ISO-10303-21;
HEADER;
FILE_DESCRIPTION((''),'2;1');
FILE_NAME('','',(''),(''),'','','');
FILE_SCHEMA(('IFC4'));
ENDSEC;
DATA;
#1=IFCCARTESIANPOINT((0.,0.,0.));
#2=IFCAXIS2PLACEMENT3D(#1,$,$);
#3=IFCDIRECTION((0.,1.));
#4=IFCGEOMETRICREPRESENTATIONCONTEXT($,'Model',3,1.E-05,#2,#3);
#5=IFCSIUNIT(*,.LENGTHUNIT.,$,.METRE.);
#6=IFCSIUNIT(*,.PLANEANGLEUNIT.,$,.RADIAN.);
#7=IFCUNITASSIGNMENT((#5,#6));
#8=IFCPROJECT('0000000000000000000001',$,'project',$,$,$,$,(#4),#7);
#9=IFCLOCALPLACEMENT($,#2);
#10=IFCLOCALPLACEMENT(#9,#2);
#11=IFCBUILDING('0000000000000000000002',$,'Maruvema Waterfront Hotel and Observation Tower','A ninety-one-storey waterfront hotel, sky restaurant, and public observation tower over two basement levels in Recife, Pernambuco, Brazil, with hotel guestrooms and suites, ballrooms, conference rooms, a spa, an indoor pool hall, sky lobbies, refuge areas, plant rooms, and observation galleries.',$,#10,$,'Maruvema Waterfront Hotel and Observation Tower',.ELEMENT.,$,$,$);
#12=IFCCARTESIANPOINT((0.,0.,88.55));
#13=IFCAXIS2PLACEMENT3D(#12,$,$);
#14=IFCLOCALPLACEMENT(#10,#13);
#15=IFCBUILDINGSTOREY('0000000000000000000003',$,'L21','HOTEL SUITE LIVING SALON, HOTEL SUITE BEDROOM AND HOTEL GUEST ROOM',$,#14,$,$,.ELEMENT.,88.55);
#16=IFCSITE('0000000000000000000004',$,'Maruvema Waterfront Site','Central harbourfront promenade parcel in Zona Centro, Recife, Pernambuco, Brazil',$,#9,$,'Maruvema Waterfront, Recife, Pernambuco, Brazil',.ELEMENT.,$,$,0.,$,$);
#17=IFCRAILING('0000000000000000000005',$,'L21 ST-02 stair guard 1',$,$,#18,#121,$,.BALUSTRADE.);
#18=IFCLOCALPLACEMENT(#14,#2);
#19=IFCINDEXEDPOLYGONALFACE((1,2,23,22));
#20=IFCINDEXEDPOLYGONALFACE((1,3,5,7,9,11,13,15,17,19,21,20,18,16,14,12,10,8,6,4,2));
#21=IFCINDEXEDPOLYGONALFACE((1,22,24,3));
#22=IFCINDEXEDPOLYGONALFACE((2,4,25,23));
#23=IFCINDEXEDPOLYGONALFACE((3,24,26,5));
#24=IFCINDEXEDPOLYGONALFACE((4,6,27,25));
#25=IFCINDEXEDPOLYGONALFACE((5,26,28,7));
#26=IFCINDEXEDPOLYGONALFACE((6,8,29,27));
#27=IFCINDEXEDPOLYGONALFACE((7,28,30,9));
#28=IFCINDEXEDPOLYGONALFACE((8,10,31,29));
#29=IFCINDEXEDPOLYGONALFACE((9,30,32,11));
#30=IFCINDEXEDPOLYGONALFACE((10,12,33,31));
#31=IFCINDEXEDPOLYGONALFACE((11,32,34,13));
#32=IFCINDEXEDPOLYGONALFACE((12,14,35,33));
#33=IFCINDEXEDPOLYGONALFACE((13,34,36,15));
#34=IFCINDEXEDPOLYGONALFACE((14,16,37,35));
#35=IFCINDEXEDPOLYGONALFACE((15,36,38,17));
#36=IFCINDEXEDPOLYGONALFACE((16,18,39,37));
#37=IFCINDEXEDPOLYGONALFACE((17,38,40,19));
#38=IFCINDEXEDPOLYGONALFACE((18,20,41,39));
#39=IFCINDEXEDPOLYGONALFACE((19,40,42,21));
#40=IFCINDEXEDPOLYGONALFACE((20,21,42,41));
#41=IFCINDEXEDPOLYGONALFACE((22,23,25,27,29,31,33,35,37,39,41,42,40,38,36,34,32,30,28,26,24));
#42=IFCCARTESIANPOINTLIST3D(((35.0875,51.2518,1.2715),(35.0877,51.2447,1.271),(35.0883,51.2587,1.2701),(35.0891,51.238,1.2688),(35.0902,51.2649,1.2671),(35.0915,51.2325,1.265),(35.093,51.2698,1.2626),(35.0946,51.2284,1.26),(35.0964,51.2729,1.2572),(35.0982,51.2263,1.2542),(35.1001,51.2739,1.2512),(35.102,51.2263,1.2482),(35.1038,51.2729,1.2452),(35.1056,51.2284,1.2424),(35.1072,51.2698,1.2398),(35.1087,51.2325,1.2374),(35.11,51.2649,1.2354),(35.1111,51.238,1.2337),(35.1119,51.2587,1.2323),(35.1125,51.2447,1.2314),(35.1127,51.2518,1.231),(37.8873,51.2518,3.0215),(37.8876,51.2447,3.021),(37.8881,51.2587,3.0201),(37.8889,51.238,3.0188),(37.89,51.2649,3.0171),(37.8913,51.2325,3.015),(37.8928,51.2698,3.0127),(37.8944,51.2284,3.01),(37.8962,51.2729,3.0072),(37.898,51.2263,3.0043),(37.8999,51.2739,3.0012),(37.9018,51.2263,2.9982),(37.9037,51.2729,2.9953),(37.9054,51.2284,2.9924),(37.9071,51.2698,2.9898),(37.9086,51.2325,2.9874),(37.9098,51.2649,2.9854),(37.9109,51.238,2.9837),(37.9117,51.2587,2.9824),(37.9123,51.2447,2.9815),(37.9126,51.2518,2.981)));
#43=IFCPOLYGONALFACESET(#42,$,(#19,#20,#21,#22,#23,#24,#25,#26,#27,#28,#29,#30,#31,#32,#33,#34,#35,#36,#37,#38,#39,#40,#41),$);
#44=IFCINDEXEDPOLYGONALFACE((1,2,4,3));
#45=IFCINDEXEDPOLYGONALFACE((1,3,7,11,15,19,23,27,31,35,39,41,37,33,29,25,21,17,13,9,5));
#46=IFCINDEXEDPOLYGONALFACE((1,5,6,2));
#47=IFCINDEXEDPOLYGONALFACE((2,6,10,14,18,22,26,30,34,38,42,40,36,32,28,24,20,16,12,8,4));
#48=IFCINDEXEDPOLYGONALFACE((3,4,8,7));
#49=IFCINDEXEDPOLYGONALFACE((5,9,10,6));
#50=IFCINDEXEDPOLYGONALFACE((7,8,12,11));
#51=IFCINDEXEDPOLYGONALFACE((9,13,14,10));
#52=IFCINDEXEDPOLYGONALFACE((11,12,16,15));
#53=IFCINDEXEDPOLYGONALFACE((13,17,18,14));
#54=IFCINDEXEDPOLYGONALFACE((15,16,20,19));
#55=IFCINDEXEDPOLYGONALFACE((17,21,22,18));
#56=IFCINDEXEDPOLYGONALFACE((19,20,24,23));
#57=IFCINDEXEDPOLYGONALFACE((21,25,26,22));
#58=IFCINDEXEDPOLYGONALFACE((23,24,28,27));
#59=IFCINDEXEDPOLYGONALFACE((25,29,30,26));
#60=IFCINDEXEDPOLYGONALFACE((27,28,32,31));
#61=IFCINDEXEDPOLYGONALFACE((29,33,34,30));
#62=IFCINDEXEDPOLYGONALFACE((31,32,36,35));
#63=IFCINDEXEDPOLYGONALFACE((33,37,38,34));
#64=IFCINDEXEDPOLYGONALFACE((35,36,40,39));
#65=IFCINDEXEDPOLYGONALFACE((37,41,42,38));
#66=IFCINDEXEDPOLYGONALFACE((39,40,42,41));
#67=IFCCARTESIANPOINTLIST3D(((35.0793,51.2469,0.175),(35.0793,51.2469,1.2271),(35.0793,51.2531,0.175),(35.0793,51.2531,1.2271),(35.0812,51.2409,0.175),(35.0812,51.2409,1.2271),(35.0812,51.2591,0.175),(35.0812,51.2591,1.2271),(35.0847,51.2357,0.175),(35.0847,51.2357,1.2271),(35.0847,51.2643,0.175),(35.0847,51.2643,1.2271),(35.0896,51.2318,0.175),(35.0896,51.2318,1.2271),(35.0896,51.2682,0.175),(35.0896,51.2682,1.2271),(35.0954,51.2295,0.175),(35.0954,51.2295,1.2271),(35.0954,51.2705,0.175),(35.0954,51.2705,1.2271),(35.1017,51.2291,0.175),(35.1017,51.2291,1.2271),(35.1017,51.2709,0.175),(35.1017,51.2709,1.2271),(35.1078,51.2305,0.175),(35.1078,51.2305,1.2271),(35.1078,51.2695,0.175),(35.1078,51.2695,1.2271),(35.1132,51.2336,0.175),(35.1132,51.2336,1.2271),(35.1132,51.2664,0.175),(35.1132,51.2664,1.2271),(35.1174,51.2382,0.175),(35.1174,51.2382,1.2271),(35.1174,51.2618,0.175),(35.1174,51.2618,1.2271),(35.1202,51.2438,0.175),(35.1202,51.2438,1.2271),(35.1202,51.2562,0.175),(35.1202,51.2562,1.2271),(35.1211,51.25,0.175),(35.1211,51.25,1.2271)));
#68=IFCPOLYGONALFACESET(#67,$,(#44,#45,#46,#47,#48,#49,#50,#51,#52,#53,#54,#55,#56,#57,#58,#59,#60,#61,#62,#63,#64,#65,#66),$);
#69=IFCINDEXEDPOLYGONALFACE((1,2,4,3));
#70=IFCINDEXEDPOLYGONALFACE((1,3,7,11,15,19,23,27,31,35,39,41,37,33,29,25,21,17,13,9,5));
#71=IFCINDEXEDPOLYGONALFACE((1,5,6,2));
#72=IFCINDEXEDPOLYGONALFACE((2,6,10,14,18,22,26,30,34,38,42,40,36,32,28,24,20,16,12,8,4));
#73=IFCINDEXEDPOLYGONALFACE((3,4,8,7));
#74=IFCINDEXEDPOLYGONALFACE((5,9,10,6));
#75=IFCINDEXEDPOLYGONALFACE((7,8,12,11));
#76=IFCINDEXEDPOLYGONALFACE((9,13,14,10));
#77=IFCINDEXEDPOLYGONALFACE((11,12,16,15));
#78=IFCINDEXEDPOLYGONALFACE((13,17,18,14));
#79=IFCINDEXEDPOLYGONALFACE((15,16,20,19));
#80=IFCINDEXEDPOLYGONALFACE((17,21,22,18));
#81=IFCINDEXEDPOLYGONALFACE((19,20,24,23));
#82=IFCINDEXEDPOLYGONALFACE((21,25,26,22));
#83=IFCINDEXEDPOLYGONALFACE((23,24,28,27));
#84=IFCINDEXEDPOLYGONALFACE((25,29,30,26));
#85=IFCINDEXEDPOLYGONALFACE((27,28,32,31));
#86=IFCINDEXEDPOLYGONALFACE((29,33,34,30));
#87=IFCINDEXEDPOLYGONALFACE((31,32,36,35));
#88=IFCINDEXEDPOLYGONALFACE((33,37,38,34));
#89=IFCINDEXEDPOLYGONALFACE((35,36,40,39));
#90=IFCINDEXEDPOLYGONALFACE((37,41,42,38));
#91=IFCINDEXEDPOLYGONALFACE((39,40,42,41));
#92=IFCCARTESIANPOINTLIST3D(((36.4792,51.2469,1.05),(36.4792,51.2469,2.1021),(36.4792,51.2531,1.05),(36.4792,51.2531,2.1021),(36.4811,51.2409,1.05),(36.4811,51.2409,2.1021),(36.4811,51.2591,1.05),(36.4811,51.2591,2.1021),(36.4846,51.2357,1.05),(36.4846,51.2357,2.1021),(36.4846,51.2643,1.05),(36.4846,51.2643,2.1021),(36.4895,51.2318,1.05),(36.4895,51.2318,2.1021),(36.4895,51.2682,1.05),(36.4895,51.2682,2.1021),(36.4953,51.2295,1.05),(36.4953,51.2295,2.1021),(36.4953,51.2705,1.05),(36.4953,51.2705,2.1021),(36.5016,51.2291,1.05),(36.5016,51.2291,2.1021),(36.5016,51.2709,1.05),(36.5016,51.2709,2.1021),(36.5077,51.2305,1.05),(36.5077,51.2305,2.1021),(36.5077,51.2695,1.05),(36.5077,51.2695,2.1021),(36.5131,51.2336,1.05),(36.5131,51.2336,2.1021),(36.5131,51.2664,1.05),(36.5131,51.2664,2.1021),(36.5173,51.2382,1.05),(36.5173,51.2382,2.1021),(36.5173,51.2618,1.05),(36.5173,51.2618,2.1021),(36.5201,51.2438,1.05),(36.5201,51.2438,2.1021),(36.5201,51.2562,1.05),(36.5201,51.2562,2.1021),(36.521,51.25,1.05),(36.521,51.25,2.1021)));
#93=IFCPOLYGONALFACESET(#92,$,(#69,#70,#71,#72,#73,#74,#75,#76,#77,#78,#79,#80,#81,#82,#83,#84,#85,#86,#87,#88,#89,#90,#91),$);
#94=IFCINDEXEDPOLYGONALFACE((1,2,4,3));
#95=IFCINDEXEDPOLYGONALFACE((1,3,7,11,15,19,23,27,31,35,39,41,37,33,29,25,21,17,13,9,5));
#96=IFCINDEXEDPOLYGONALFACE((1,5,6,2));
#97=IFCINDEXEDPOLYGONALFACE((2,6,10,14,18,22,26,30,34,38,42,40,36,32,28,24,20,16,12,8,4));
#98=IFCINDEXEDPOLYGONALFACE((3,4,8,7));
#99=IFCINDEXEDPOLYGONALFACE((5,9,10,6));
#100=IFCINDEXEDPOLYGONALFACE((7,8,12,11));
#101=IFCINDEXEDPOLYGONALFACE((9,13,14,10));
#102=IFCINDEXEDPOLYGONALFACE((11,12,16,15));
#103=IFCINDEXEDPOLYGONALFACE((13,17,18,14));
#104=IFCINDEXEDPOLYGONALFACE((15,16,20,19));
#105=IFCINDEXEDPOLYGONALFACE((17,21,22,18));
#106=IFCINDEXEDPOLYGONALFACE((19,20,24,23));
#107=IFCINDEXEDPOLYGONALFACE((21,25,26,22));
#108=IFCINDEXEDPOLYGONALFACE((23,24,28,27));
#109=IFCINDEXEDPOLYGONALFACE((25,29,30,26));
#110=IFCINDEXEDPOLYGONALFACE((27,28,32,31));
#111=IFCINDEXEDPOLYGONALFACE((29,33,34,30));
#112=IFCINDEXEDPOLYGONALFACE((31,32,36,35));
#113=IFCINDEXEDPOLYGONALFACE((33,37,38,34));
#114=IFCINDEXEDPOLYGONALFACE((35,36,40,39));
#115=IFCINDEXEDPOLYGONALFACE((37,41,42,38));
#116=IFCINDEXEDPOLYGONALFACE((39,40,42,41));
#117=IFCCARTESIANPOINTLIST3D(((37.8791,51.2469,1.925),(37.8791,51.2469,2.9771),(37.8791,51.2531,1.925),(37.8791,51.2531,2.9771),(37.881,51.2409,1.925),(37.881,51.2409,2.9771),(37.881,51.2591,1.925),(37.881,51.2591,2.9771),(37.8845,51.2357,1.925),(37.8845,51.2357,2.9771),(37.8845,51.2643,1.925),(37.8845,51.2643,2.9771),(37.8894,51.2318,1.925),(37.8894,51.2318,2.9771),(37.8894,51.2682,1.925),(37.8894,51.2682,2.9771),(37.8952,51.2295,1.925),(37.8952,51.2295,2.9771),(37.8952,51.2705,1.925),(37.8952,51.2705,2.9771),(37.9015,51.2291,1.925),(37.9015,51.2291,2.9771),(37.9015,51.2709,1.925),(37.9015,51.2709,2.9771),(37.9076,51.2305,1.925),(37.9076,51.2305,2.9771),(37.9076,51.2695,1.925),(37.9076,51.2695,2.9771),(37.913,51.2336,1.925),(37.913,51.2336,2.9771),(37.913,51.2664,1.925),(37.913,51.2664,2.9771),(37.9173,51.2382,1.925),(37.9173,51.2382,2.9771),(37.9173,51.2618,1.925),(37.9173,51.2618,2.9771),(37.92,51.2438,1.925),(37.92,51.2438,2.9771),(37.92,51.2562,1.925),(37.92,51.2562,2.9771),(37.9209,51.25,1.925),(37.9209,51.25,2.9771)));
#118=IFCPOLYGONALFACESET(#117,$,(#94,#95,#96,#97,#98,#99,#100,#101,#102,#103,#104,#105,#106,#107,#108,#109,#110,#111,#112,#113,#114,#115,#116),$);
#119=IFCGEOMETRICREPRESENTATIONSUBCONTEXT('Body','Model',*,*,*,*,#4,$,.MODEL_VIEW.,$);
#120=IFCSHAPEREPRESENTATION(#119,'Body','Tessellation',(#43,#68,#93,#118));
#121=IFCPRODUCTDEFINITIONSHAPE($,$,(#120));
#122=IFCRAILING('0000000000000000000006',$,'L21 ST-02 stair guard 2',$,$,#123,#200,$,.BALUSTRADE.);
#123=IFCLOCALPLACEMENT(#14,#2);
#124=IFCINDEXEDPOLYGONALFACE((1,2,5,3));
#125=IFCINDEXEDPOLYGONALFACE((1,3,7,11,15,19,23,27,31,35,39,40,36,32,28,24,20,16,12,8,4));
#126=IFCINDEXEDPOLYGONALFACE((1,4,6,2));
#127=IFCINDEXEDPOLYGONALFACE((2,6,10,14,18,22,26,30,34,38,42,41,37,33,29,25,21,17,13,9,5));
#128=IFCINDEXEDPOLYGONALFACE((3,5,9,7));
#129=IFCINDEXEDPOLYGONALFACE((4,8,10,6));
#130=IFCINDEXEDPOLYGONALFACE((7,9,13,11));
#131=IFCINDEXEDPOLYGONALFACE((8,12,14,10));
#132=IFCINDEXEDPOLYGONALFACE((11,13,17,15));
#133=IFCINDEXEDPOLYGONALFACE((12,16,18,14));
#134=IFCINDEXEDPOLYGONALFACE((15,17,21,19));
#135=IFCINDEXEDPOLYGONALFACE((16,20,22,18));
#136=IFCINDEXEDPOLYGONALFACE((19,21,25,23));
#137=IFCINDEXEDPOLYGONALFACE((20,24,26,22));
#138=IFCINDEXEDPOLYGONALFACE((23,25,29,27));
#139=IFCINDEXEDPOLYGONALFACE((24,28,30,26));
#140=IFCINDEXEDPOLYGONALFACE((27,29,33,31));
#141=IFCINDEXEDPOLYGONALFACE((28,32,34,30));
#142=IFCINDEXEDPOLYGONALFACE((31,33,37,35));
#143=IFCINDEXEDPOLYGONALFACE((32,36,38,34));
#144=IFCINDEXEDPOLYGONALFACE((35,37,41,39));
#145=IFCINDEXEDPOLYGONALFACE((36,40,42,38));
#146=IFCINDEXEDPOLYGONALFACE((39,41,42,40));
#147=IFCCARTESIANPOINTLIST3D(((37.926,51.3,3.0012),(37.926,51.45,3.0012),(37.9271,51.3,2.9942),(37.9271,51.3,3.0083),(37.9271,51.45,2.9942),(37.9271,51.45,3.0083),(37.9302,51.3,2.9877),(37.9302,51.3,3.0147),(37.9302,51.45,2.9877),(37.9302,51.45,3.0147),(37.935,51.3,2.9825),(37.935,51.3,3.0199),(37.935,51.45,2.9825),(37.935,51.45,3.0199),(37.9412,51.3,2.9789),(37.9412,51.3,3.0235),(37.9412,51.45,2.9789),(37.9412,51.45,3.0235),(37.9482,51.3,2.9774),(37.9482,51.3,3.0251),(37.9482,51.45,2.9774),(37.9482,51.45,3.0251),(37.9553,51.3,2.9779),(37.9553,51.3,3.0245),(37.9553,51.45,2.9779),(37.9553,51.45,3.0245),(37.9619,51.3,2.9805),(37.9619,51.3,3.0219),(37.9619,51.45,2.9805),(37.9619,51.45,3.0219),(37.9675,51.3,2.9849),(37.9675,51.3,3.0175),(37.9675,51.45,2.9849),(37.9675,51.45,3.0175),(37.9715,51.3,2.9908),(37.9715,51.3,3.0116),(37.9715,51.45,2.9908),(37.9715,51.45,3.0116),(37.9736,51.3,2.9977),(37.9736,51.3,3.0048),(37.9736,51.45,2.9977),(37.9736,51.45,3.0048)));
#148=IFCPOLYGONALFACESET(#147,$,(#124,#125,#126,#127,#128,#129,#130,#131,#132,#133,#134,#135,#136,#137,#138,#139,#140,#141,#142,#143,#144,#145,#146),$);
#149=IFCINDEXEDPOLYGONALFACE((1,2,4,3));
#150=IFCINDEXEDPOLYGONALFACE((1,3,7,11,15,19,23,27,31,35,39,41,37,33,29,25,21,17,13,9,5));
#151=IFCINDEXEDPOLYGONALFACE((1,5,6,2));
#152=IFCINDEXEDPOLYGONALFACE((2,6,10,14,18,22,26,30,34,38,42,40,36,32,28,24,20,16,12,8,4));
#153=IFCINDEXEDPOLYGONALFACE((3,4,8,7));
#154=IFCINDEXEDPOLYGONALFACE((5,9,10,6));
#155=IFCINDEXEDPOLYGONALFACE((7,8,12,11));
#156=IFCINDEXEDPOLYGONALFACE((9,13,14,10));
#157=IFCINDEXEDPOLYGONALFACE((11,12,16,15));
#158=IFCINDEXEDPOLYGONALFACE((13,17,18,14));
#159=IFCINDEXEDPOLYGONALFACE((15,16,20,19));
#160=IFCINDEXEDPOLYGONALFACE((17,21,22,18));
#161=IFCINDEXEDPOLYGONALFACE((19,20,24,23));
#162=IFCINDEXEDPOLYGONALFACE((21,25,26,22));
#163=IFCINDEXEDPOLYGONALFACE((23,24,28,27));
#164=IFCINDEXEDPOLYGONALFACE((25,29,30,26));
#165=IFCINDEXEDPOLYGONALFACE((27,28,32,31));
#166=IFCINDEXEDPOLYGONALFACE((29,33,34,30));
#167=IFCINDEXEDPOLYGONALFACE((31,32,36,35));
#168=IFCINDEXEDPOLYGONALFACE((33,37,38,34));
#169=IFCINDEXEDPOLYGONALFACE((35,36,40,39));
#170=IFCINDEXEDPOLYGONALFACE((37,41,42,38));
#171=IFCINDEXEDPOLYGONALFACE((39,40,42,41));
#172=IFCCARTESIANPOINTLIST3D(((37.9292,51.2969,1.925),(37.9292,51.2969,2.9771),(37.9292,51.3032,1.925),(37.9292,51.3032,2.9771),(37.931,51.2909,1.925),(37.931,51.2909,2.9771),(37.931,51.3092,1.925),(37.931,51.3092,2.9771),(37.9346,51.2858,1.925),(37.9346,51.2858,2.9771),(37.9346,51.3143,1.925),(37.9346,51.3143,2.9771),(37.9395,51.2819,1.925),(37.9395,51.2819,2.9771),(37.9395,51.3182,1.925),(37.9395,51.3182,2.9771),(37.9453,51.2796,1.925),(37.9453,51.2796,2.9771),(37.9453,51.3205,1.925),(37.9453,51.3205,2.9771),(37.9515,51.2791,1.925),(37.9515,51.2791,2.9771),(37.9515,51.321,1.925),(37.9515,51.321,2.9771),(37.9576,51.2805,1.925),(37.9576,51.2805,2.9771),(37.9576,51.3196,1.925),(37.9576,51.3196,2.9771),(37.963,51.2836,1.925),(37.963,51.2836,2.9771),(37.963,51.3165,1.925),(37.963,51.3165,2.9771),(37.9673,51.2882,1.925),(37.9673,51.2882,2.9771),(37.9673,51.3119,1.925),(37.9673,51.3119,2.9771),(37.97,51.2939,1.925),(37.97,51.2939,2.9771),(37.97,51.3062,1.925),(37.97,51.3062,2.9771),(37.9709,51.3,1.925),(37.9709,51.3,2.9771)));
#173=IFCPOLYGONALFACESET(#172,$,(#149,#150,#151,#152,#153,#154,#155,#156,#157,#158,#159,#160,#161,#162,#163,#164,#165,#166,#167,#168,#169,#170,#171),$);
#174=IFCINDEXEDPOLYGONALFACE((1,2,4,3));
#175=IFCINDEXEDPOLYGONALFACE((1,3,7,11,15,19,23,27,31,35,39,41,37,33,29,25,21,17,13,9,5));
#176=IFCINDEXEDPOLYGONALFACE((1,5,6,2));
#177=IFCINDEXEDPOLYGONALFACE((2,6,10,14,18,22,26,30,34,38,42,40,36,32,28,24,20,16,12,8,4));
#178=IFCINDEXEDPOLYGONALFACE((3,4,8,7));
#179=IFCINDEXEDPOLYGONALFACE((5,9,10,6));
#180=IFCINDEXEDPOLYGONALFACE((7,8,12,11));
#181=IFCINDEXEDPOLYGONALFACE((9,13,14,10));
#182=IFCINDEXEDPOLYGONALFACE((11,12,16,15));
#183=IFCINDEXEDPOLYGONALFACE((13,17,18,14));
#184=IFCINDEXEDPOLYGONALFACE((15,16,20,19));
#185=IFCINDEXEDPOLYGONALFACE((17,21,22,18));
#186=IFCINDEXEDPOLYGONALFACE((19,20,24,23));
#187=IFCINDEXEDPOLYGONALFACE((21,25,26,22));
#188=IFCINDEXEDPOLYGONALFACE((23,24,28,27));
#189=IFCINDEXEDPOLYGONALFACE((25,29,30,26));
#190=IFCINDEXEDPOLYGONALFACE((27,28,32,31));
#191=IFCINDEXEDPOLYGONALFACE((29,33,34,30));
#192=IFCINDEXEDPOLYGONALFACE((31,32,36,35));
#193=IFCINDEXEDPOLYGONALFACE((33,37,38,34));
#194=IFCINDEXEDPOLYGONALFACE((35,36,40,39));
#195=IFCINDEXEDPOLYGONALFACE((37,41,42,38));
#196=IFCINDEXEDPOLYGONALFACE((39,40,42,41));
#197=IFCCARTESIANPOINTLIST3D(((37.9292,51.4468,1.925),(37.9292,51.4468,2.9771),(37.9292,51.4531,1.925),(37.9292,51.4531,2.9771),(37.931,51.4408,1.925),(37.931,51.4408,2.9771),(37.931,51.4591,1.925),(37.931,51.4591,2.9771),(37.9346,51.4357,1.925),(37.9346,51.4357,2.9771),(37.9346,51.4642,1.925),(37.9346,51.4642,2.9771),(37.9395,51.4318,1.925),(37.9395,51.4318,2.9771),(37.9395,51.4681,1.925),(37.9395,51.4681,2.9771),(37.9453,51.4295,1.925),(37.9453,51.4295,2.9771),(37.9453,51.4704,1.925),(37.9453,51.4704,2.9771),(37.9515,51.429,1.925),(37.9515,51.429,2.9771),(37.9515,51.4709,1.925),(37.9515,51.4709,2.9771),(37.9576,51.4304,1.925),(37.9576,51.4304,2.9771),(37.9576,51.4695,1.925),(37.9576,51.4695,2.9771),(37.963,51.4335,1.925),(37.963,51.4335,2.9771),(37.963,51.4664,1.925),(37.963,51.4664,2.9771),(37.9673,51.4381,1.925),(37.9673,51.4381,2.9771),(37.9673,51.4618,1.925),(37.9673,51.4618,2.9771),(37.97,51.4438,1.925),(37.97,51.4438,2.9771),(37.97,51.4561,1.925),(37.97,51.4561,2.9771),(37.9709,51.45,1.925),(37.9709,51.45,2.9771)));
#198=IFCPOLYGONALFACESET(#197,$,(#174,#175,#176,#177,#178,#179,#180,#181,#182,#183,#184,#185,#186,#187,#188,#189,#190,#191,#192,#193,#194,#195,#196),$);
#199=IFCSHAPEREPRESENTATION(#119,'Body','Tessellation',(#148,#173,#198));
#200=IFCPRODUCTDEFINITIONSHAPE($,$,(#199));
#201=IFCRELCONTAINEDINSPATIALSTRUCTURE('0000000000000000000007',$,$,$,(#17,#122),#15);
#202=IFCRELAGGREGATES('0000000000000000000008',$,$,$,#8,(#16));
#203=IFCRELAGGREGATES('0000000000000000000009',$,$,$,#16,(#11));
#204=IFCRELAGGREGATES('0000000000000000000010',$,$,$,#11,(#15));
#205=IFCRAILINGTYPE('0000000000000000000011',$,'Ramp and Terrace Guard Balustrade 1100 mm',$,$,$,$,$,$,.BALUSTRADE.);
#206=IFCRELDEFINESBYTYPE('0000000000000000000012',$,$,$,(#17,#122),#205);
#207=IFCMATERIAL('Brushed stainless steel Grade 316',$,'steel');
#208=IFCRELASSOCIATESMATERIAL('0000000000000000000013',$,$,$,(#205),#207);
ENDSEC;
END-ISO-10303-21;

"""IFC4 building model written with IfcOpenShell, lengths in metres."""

from ifc_helpers import new_model, si_unit, direction, frame, origin, origin_2d, place, context, subcontext, project, spatial, circle, extrude, material, type_object, element, save


model = new_model("IFC4")

# Units and contexts
model_context = context("Model", 3, precision=1e-05, world=origin(), true_north=direction((0.0, 1.0)))
body_context = subcontext(model_context, "Body", "Model", "MODEL_VIEW")
ifc_project = project(units=[si_unit("LENGTHUNIT", "METRE"), si_unit("PLANEANGLEUNIT", "RADIAN")], contexts=[model_context])

# Site, building, storey
site_placement = place(None, origin())
site = spatial("IfcSite", under=ifc_project, at=site_placement, Name="Maruvema Waterfront Site", Description="Central harbourfront promenade parcel in Zona Centro, Recife, Pernambuco, Brazil", LongName="Maruvema Waterfront, Recife, Pernambuco, Brazil", CompositionType="ELEMENT", RefElevation=0.0)
building_placement = place(site_placement, origin())
building = spatial("IfcBuilding", under=site, at=building_placement, Name="Maruvema Waterfront Hotel and Observation Tower", Description="A ninety-one-storey waterfront hotel, sky restaurant, and public observation tower over two basement levels in Recife, Pernambuco, Brazil, with hotel guestrooms and suites, ballrooms, conference rooms, a spa, an indoor pool hall, sky lobbies, refuge areas, plant rooms, and observation galleries.", LongName="Maruvema Waterfront Hotel and Observation Tower", CompositionType="ELEMENT")
storey_placement = place(building_placement, frame((0.0, 0.0, 88.55)))
storey = spatial("IfcBuildingStorey", under=building, at=storey_placement, Name="L21", Description="HOTEL SUITE LIVING SALON, HOTEL SUITE BEDROOM AND HOTEL GUEST ROOM", CompositionType="ELEMENT", Elevation=88.55)

# Railings
ifc_material_1 = material(Name="Brushed stainless steel Grade 316", Category="steel")
railing_type_1 = type_object("IfcRailingType", Name="Ramp and Terrace Guard Balustrade 1100 mm", PredefinedType="BALUSTRADE", material=ifc_material_1)
railing_1_placement = place(storey_placement, frame((35.1001, 51.25, 0.175)))
element("IfcRailing", 1, at=railing_1_placement, inside=storey, type_object=railing_type_1, Name="L21 ST-02 stair guard 1", PredefinedType="BALUSTRADE", context=body_context, shape_type="SweptSolid", body=[
    extrude(circle(Radius=0.0239, at=origin_2d()), frame((0.0, 0.0, 1.0762), z_axis=(0.847982, 0.0, 0.530026), x_axis=(0.0, 1.0, 0.0)), (0.0, 0.0, 1.0), 3.3018),
    extrude(circle(Radius=0.021, at=origin_2d()), origin(), (0.0, 0.0, 1.0), 1.052),
    extrude(circle(Radius=0.021, at=origin_2d()), frame((1.3999, 0.0, 0.875)), (0.0, 0.0, 1.0), 1.052),
    extrude(circle(Radius=0.021, at=origin_2d()), frame((2.7998, 0.0, 1.75)), (0.0, 0.0, 1.0), 1.052),
])
railing_2_placement = place(storey_placement, frame((37.95, 51.3, 1.925)))
element("IfcRailing", 2, at=railing_2_placement, inside=storey, type_object=railing_type_1, Name="L21 ST-02 stair guard 2", PredefinedType="BALUSTRADE", context=body_context, shape_type="SweptSolid", body=[
    extrude(circle(Radius=0.0239, at=origin_2d()), frame((0.0, 0.0, 1.0762), z_axis=(0.0, 1.0, 0.0), x_axis=(-1.0, 0.0, 0.0)), (0.0, 0.0, 1.0), 0.1499),
    extrude(circle(Radius=0.021, at=origin_2d()), origin(), (0.0, 0.0, 1.0), 1.052),
    extrude(circle(Radius=0.021, at=origin_2d()), frame((0.0, 0.1499, 0.0)), (0.0, 0.0, 1.0), 1.052),
])

save(model, "model.ifc")
